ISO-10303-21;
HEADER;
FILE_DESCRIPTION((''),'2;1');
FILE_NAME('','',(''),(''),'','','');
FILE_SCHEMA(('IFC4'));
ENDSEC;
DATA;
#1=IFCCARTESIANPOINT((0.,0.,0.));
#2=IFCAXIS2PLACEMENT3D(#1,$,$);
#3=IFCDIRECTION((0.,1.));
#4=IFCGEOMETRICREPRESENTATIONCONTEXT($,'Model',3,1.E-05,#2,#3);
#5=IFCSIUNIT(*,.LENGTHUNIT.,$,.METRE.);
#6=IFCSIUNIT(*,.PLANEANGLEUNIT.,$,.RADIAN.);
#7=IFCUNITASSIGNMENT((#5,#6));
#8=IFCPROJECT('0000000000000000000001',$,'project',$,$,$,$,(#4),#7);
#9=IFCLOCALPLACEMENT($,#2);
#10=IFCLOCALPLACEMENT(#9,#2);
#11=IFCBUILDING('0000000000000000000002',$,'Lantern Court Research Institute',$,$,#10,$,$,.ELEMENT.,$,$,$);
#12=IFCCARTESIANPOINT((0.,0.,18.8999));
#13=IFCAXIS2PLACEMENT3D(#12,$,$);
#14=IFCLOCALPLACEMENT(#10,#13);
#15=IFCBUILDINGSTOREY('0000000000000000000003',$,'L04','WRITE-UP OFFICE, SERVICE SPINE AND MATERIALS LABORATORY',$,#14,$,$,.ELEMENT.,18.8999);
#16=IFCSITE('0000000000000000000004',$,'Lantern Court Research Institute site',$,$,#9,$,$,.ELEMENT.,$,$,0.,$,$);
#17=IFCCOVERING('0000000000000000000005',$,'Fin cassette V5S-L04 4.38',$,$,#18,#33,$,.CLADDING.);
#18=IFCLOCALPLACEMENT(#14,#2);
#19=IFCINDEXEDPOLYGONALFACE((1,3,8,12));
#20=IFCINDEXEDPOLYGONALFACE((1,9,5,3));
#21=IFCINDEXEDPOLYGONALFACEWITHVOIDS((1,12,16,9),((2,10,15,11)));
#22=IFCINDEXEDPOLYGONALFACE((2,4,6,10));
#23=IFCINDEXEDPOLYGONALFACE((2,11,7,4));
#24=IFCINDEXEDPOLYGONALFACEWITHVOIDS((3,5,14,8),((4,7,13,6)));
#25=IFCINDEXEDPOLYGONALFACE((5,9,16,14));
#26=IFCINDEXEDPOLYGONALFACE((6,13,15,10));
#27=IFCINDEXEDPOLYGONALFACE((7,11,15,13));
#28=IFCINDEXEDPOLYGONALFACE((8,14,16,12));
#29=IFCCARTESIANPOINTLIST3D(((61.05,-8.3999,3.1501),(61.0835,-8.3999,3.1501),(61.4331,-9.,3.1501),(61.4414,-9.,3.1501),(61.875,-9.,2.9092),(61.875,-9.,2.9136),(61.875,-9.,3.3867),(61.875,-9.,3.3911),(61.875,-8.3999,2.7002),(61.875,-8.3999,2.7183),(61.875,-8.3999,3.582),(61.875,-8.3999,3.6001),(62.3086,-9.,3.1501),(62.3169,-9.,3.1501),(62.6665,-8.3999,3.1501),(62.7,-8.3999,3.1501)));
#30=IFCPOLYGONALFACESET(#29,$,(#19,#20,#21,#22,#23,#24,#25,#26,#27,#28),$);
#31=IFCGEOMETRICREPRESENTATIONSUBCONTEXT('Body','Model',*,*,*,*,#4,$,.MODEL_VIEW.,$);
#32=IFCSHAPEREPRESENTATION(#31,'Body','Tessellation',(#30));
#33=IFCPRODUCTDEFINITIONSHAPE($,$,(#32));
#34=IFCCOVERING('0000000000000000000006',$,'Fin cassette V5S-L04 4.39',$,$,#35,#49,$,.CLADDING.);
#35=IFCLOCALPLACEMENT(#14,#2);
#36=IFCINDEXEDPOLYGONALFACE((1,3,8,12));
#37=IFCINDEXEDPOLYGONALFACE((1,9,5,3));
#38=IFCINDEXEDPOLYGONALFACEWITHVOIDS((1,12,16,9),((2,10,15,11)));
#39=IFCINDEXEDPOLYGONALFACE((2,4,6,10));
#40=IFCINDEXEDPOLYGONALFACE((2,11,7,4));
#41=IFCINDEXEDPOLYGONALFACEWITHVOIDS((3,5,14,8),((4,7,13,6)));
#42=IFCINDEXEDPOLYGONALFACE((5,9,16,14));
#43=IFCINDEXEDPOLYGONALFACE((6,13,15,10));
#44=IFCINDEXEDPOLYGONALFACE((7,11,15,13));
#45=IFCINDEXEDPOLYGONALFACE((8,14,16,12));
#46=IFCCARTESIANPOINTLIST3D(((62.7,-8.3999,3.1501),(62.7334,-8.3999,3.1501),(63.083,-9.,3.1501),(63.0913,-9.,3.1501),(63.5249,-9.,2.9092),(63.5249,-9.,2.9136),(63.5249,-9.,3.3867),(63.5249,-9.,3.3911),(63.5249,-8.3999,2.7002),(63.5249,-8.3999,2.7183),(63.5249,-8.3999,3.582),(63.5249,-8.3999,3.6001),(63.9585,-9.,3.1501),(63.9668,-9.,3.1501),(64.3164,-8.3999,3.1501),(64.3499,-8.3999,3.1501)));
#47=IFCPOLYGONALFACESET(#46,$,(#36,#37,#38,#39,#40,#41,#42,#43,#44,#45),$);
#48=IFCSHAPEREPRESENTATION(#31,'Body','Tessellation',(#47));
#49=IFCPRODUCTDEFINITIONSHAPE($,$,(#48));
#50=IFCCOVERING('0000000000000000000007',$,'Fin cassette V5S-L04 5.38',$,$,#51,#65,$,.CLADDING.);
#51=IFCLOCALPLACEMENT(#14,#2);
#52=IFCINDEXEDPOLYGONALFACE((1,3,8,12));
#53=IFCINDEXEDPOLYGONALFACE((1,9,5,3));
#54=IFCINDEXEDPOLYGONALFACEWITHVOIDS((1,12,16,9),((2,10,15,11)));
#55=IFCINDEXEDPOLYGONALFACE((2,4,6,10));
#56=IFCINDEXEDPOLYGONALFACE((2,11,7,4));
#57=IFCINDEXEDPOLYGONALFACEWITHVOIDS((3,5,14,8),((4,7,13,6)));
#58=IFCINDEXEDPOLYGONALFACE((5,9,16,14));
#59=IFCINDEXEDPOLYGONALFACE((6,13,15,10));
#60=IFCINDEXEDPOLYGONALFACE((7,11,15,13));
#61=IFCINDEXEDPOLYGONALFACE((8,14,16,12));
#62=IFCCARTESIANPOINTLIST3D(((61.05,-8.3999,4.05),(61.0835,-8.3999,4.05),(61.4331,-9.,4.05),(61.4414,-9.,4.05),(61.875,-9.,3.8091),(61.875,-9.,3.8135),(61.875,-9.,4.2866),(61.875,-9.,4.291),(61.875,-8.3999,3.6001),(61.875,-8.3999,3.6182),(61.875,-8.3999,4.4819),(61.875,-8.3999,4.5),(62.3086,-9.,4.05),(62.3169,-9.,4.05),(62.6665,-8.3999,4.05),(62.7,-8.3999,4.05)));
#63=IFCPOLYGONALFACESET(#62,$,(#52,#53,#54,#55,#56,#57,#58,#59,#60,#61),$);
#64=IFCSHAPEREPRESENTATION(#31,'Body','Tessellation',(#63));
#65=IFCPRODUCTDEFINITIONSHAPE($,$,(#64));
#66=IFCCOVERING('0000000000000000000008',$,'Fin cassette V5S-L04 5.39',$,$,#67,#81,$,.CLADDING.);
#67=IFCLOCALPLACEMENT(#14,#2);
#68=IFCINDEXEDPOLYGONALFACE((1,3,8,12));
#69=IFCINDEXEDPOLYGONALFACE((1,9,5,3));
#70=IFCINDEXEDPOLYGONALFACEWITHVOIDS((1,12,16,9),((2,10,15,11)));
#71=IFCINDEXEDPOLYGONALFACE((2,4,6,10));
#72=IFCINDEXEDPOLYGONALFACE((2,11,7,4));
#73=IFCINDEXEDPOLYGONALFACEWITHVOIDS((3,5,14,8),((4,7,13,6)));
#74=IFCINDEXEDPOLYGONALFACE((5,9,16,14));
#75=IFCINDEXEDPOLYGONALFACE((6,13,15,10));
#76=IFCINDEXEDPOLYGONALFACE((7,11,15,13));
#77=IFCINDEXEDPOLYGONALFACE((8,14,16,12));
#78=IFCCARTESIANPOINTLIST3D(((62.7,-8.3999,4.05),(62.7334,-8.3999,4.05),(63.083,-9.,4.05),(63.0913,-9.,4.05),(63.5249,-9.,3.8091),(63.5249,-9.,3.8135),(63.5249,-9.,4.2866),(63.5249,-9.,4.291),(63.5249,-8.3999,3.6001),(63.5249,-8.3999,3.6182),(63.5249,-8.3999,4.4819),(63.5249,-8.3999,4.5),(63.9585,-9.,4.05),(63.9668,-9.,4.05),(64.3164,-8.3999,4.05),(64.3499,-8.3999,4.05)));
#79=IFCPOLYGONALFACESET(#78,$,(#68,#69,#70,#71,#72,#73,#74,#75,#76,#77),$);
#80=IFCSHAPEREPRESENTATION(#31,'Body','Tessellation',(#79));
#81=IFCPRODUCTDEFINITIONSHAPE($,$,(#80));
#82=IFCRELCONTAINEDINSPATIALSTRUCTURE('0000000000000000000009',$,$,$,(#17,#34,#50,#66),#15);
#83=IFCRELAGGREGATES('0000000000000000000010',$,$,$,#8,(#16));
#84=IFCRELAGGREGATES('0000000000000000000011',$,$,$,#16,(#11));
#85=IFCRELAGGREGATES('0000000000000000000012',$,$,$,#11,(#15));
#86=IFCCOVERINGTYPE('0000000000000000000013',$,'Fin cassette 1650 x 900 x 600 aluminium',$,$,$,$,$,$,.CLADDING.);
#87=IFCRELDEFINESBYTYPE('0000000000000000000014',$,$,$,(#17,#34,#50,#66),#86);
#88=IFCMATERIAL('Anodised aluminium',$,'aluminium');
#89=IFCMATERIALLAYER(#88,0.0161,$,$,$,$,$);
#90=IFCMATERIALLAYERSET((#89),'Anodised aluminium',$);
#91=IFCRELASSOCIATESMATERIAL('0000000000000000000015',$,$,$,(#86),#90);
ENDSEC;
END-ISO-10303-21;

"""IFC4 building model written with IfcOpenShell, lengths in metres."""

from ifc_helpers import new_model, entity, si_unit, direction, frame, origin, place, context, subcontext, project, spatial, material, layer, layer_set, type_object, element, save


model = new_model("IFC4")

# Units and contexts
model_context = context("Model", 3, precision=1e-05, world=origin(), true_north=direction((0.0, 1.0)))
body_context = subcontext(model_context, "Body", "Model", "MODEL_VIEW")
ifc_project = project(units=[si_unit("LENGTHUNIT", "METRE"), si_unit("PLANEANGLEUNIT", "RADIAN")], contexts=[model_context])

# Site, building, storey
site_placement = place(None, origin())
site = spatial("IfcSite", under=ifc_project, at=site_placement, Name="Lantern Court Research Institute site", CompositionType="ELEMENT", RefElevation=0.0)
building_placement = place(site_placement, origin())
building = spatial("IfcBuilding", under=site, at=building_placement, Name="Lantern Court Research Institute", CompositionType="ELEMENT")
storey_placement = place(building_placement, frame((0.0, 0.0, 18.8999)))
storey = spatial("IfcBuildingStorey", under=building, at=storey_placement, Name="L04", Description="WRITE-UP OFFICE, SERVICE SPINE AND MATERIALS LABORATORY", CompositionType="ELEMENT", Elevation=18.8999)

# Coverings
ifc_material_1 = material(Name="Anodised aluminium", Category="aluminium")
ifc_layer_1 = layer(ifc_material_1, 0.0161)
ifc_layer_set_1 = layer_set([ifc_layer_1], Name="Anodised aluminium")
covering_type = type_object("IfcCoveringType", Name="Fin cassette 1650 x 900 x 600 aluminium", PredefinedType="CLADDING", material=ifc_layer_set_1)
covering_1_placement = place(storey_placement, frame((61.875, -8.3999, 3.1501), z_axis=(0.0, -1.0, 0.0), x_axis=(1.0, 0.0, 0.0)))
cartesian_point_1 = entity("IfcCartesianPoint", [0.825, 0.0])
cartesian_point_2 = entity("IfcCartesianPoint", [0.7915, 0.0])
cartesian_point_3 = entity("IfcCartesianPoint", [0.4419, 0.0])
cartesian_point_4 = entity("IfcCartesianPoint", [0.4336, 0.0])
element("IfcCovering", 1, at=covering_1_placement, inside=storey, type_object=covering_type, Name="Fin cassette V5S-L04 4.38", PredefinedType="CLADDING", context=body_context, shape_type="SweptSolid", body=[
    entity("IfcExtrudedAreaSolidTapered", entity("IfcArbitraryProfileDefWithVoids", "AREA", None, entity("IfcPolyline", [cartesian_point_1, entity("IfcCartesianPoint", [0.0, 0.45]), entity("IfcCartesianPoint", [-0.825, 0.0]), entity("IfcCartesianPoint", [0.0, -0.45]), cartesian_point_1]), [entity("IfcPolyline", [cartesian_point_2, entity("IfcCartesianPoint", [0.0, 0.4319]), entity("IfcCartesianPoint", [-0.7915, 0.0]), entity("IfcCartesianPoint", [0.0, -0.4319]), cartesian_point_2])]), entity("IfcAxis2Placement3D", entity("IfcCartesianPoint", [0.0, 0.0, 0.0])), entity("IfcDirection", [0.0, 0.0, 1.0]), 0.6001, entity("IfcArbitraryProfileDefWithVoids", "AREA", None, entity("IfcPolyline", [cartesian_point_3, entity("IfcCartesianPoint", [0.0, 0.241]), entity("IfcCartesianPoint", [-0.4419, 0.0]), entity("IfcCartesianPoint", [0.0, -0.241]), cartesian_point_3]), [entity("IfcPolyline", [cartesian_point_4, entity("IfcCartesianPoint", [0.0, 0.2366]), entity("IfcCartesianPoint", [-0.4336, 0.0]), entity("IfcCartesianPoint", [0.0, -0.2366]), cartesian_point_4])])),
])
covering_2_placement = place(storey_placement, frame((63.5249, -8.3999, 3.1501), z_axis=(0.0, -1.0, 0.0), x_axis=(1.0, 0.0, 0.0)))
cartesian_point_5 = entity("IfcCartesianPoint", [0.825, 0.0])
cartesian_point_6 = entity("IfcCartesianPoint", [0.7915, 0.0])
cartesian_point_7 = entity("IfcCartesianPoint", [0.4419, 0.0])
cartesian_point_8 = entity("IfcCartesianPoint", [0.4336, 0.0])
element("IfcCovering", 2, at=covering_2_placement, inside=storey, type_object=covering_type, Name="Fin cassette V5S-L04 4.39", PredefinedType="CLADDING", context=body_context, shape_type="SweptSolid", body=[
    entity("IfcExtrudedAreaSolidTapered", entity("IfcArbitraryProfileDefWithVoids", "AREA", None, entity("IfcPolyline", [cartesian_point_5, entity("IfcCartesianPoint", [0.0, 0.45]), entity("IfcCartesianPoint", [-0.825, 0.0]), entity("IfcCartesianPoint", [0.0, -0.45]), cartesian_point_5]), [entity("IfcPolyline", [cartesian_point_6, entity("IfcCartesianPoint", [0.0, 0.4319]), entity("IfcCartesianPoint", [-0.7915, 0.0]), entity("IfcCartesianPoint", [0.0, -0.4319]), cartesian_point_6])]), entity("IfcAxis2Placement3D", entity("IfcCartesianPoint", [0.0, 0.0, 0.0])), entity("IfcDirection", [0.0, 0.0, 1.0]), 0.6001, entity("IfcArbitraryProfileDefWithVoids", "AREA", None, entity("IfcPolyline", [cartesian_point_7, entity("IfcCartesianPoint", [0.0, 0.241]), entity("IfcCartesianPoint", [-0.4419, 0.0]), entity("IfcCartesianPoint", [0.0, -0.241]), cartesian_point_7]), [entity("IfcPolyline", [cartesian_point_8, entity("IfcCartesianPoint", [0.0, 0.2366]), entity("IfcCartesianPoint", [-0.4336, 0.0]), entity("IfcCartesianPoint", [0.0, -0.2366]), cartesian_point_8])])),
])
covering_3_placement = place(storey_placement, frame((61.875, -8.3999, 4.05), z_axis=(0.0, -1.0, 0.0), x_axis=(1.0, 0.0, 0.0)))
cartesian_point_9 = entity("IfcCartesianPoint", [0.825, 0.0])
cartesian_point_10 = entity("IfcCartesianPoint", [0.7915, 0.0])
cartesian_point_11 = entity("IfcCartesianPoint", [0.4419, 0.0])
cartesian_point_12 = entity("IfcCartesianPoint", [0.4336, 0.0])
element("IfcCovering", 3, at=covering_3_placement, inside=storey, type_object=covering_type, Name="Fin cassette V5S-L04 5.38", PredefinedType="CLADDING", context=body_context, shape_type="SweptSolid", body=[
    entity("IfcExtrudedAreaSolidTapered", entity("IfcArbitraryProfileDefWithVoids", "AREA", None, entity("IfcPolyline", [cartesian_point_9, entity("IfcCartesianPoint", [0.0, 0.45]), entity("IfcCartesianPoint", [-0.825, 0.0]), entity("IfcCartesianPoint", [0.0, -0.45]), cartesian_point_9]), [entity("IfcPolyline", [cartesian_point_10, entity("IfcCartesianPoint", [0.0, 0.4319]), entity("IfcCartesianPoint", [-0.7915, 0.0]), entity("IfcCartesianPoint", [0.0, -0.4319]), cartesian_point_10])]), entity("IfcAxis2Placement3D", entity("IfcCartesianPoint", [0.0, 0.0, 0.0])), entity("IfcDirection", [0.0, 0.0, 1.0]), 0.6001, entity("IfcArbitraryProfileDefWithVoids", "AREA", None, entity("IfcPolyline", [cartesian_point_11, entity("IfcCartesianPoint", [0.0, 0.241]), entity("IfcCartesianPoint", [-0.4419, 0.0]), entity("IfcCartesianPoint", [0.0, -0.241]), cartesian_point_11]), [entity("IfcPolyline", [cartesian_point_12, entity("IfcCartesianPoint", [0.0, 0.2366]), entity("IfcCartesianPoint", [-0.4336, 0.0]), entity("IfcCartesianPoint", [0.0, -0.2366]), cartesian_point_12])])),
])
covering_4_placement = place(storey_placement, frame((63.5249, -8.3999, 4.05), z_axis=(0.0, -1.0, 0.0), x_axis=(1.0, 0.0, 0.0)))
cartesian_point_13 = entity("IfcCartesianPoint", [0.825, 0.0])
cartesian_point_14 = entity("IfcCartesianPoint", [0.7915, 0.0])
cartesian_point_15 = entity("IfcCartesianPoint", [0.4419, 0.0])
cartesian_point_16 = entity("IfcCartesianPoint", [0.4336, 0.0])
element("IfcCovering", 4, at=covering_4_placement, inside=storey, type_object=covering_type, Name="Fin cassette V5S-L04 5.39", PredefinedType="CLADDING", context=body_context, shape_type="SweptSolid", body=[
    entity("IfcExtrudedAreaSolidTapered", entity("IfcArbitraryProfileDefWithVoids", "AREA", None, entity("IfcPolyline", [cartesian_point_13, entity("IfcCartesianPoint", [0.0, 0.45]), entity("IfcCartesianPoint", [-0.825, 0.0]), entity("IfcCartesianPoint", [0.0, -0.45]), cartesian_point_13]), [entity("IfcPolyline", [cartesian_point_14, entity("IfcCartesianPoint", [0.0, 0.4319]), entity("IfcCartesianPoint", [-0.7915, 0.0]), entity("IfcCartesianPoint", [0.0, -0.4319]), cartesian_point_14])]), entity("IfcAxis2Placement3D", entity("IfcCartesianPoint", [0.0, 0.0, 0.0])), entity("IfcDirection", [0.0, 0.0, 1.0]), 0.6001, entity("IfcArbitraryProfileDefWithVoids", "AREA", None, entity("IfcPolyline", [cartesian_point_15, entity("IfcCartesianPoint", [0.0, 0.241]), entity("IfcCartesianPoint", [-0.4419, 0.0]), entity("IfcCartesianPoint", [0.0, -0.241]), cartesian_point_15]), [entity("IfcPolyline", [cartesian_point_16, entity("IfcCartesianPoint", [0.0, 0.2366]), entity("IfcCartesianPoint", [-0.4336, 0.0]), entity("IfcCartesianPoint", [0.0, -0.2366]), cartesian_point_16])])),
])

save(model, "model.ifc")
